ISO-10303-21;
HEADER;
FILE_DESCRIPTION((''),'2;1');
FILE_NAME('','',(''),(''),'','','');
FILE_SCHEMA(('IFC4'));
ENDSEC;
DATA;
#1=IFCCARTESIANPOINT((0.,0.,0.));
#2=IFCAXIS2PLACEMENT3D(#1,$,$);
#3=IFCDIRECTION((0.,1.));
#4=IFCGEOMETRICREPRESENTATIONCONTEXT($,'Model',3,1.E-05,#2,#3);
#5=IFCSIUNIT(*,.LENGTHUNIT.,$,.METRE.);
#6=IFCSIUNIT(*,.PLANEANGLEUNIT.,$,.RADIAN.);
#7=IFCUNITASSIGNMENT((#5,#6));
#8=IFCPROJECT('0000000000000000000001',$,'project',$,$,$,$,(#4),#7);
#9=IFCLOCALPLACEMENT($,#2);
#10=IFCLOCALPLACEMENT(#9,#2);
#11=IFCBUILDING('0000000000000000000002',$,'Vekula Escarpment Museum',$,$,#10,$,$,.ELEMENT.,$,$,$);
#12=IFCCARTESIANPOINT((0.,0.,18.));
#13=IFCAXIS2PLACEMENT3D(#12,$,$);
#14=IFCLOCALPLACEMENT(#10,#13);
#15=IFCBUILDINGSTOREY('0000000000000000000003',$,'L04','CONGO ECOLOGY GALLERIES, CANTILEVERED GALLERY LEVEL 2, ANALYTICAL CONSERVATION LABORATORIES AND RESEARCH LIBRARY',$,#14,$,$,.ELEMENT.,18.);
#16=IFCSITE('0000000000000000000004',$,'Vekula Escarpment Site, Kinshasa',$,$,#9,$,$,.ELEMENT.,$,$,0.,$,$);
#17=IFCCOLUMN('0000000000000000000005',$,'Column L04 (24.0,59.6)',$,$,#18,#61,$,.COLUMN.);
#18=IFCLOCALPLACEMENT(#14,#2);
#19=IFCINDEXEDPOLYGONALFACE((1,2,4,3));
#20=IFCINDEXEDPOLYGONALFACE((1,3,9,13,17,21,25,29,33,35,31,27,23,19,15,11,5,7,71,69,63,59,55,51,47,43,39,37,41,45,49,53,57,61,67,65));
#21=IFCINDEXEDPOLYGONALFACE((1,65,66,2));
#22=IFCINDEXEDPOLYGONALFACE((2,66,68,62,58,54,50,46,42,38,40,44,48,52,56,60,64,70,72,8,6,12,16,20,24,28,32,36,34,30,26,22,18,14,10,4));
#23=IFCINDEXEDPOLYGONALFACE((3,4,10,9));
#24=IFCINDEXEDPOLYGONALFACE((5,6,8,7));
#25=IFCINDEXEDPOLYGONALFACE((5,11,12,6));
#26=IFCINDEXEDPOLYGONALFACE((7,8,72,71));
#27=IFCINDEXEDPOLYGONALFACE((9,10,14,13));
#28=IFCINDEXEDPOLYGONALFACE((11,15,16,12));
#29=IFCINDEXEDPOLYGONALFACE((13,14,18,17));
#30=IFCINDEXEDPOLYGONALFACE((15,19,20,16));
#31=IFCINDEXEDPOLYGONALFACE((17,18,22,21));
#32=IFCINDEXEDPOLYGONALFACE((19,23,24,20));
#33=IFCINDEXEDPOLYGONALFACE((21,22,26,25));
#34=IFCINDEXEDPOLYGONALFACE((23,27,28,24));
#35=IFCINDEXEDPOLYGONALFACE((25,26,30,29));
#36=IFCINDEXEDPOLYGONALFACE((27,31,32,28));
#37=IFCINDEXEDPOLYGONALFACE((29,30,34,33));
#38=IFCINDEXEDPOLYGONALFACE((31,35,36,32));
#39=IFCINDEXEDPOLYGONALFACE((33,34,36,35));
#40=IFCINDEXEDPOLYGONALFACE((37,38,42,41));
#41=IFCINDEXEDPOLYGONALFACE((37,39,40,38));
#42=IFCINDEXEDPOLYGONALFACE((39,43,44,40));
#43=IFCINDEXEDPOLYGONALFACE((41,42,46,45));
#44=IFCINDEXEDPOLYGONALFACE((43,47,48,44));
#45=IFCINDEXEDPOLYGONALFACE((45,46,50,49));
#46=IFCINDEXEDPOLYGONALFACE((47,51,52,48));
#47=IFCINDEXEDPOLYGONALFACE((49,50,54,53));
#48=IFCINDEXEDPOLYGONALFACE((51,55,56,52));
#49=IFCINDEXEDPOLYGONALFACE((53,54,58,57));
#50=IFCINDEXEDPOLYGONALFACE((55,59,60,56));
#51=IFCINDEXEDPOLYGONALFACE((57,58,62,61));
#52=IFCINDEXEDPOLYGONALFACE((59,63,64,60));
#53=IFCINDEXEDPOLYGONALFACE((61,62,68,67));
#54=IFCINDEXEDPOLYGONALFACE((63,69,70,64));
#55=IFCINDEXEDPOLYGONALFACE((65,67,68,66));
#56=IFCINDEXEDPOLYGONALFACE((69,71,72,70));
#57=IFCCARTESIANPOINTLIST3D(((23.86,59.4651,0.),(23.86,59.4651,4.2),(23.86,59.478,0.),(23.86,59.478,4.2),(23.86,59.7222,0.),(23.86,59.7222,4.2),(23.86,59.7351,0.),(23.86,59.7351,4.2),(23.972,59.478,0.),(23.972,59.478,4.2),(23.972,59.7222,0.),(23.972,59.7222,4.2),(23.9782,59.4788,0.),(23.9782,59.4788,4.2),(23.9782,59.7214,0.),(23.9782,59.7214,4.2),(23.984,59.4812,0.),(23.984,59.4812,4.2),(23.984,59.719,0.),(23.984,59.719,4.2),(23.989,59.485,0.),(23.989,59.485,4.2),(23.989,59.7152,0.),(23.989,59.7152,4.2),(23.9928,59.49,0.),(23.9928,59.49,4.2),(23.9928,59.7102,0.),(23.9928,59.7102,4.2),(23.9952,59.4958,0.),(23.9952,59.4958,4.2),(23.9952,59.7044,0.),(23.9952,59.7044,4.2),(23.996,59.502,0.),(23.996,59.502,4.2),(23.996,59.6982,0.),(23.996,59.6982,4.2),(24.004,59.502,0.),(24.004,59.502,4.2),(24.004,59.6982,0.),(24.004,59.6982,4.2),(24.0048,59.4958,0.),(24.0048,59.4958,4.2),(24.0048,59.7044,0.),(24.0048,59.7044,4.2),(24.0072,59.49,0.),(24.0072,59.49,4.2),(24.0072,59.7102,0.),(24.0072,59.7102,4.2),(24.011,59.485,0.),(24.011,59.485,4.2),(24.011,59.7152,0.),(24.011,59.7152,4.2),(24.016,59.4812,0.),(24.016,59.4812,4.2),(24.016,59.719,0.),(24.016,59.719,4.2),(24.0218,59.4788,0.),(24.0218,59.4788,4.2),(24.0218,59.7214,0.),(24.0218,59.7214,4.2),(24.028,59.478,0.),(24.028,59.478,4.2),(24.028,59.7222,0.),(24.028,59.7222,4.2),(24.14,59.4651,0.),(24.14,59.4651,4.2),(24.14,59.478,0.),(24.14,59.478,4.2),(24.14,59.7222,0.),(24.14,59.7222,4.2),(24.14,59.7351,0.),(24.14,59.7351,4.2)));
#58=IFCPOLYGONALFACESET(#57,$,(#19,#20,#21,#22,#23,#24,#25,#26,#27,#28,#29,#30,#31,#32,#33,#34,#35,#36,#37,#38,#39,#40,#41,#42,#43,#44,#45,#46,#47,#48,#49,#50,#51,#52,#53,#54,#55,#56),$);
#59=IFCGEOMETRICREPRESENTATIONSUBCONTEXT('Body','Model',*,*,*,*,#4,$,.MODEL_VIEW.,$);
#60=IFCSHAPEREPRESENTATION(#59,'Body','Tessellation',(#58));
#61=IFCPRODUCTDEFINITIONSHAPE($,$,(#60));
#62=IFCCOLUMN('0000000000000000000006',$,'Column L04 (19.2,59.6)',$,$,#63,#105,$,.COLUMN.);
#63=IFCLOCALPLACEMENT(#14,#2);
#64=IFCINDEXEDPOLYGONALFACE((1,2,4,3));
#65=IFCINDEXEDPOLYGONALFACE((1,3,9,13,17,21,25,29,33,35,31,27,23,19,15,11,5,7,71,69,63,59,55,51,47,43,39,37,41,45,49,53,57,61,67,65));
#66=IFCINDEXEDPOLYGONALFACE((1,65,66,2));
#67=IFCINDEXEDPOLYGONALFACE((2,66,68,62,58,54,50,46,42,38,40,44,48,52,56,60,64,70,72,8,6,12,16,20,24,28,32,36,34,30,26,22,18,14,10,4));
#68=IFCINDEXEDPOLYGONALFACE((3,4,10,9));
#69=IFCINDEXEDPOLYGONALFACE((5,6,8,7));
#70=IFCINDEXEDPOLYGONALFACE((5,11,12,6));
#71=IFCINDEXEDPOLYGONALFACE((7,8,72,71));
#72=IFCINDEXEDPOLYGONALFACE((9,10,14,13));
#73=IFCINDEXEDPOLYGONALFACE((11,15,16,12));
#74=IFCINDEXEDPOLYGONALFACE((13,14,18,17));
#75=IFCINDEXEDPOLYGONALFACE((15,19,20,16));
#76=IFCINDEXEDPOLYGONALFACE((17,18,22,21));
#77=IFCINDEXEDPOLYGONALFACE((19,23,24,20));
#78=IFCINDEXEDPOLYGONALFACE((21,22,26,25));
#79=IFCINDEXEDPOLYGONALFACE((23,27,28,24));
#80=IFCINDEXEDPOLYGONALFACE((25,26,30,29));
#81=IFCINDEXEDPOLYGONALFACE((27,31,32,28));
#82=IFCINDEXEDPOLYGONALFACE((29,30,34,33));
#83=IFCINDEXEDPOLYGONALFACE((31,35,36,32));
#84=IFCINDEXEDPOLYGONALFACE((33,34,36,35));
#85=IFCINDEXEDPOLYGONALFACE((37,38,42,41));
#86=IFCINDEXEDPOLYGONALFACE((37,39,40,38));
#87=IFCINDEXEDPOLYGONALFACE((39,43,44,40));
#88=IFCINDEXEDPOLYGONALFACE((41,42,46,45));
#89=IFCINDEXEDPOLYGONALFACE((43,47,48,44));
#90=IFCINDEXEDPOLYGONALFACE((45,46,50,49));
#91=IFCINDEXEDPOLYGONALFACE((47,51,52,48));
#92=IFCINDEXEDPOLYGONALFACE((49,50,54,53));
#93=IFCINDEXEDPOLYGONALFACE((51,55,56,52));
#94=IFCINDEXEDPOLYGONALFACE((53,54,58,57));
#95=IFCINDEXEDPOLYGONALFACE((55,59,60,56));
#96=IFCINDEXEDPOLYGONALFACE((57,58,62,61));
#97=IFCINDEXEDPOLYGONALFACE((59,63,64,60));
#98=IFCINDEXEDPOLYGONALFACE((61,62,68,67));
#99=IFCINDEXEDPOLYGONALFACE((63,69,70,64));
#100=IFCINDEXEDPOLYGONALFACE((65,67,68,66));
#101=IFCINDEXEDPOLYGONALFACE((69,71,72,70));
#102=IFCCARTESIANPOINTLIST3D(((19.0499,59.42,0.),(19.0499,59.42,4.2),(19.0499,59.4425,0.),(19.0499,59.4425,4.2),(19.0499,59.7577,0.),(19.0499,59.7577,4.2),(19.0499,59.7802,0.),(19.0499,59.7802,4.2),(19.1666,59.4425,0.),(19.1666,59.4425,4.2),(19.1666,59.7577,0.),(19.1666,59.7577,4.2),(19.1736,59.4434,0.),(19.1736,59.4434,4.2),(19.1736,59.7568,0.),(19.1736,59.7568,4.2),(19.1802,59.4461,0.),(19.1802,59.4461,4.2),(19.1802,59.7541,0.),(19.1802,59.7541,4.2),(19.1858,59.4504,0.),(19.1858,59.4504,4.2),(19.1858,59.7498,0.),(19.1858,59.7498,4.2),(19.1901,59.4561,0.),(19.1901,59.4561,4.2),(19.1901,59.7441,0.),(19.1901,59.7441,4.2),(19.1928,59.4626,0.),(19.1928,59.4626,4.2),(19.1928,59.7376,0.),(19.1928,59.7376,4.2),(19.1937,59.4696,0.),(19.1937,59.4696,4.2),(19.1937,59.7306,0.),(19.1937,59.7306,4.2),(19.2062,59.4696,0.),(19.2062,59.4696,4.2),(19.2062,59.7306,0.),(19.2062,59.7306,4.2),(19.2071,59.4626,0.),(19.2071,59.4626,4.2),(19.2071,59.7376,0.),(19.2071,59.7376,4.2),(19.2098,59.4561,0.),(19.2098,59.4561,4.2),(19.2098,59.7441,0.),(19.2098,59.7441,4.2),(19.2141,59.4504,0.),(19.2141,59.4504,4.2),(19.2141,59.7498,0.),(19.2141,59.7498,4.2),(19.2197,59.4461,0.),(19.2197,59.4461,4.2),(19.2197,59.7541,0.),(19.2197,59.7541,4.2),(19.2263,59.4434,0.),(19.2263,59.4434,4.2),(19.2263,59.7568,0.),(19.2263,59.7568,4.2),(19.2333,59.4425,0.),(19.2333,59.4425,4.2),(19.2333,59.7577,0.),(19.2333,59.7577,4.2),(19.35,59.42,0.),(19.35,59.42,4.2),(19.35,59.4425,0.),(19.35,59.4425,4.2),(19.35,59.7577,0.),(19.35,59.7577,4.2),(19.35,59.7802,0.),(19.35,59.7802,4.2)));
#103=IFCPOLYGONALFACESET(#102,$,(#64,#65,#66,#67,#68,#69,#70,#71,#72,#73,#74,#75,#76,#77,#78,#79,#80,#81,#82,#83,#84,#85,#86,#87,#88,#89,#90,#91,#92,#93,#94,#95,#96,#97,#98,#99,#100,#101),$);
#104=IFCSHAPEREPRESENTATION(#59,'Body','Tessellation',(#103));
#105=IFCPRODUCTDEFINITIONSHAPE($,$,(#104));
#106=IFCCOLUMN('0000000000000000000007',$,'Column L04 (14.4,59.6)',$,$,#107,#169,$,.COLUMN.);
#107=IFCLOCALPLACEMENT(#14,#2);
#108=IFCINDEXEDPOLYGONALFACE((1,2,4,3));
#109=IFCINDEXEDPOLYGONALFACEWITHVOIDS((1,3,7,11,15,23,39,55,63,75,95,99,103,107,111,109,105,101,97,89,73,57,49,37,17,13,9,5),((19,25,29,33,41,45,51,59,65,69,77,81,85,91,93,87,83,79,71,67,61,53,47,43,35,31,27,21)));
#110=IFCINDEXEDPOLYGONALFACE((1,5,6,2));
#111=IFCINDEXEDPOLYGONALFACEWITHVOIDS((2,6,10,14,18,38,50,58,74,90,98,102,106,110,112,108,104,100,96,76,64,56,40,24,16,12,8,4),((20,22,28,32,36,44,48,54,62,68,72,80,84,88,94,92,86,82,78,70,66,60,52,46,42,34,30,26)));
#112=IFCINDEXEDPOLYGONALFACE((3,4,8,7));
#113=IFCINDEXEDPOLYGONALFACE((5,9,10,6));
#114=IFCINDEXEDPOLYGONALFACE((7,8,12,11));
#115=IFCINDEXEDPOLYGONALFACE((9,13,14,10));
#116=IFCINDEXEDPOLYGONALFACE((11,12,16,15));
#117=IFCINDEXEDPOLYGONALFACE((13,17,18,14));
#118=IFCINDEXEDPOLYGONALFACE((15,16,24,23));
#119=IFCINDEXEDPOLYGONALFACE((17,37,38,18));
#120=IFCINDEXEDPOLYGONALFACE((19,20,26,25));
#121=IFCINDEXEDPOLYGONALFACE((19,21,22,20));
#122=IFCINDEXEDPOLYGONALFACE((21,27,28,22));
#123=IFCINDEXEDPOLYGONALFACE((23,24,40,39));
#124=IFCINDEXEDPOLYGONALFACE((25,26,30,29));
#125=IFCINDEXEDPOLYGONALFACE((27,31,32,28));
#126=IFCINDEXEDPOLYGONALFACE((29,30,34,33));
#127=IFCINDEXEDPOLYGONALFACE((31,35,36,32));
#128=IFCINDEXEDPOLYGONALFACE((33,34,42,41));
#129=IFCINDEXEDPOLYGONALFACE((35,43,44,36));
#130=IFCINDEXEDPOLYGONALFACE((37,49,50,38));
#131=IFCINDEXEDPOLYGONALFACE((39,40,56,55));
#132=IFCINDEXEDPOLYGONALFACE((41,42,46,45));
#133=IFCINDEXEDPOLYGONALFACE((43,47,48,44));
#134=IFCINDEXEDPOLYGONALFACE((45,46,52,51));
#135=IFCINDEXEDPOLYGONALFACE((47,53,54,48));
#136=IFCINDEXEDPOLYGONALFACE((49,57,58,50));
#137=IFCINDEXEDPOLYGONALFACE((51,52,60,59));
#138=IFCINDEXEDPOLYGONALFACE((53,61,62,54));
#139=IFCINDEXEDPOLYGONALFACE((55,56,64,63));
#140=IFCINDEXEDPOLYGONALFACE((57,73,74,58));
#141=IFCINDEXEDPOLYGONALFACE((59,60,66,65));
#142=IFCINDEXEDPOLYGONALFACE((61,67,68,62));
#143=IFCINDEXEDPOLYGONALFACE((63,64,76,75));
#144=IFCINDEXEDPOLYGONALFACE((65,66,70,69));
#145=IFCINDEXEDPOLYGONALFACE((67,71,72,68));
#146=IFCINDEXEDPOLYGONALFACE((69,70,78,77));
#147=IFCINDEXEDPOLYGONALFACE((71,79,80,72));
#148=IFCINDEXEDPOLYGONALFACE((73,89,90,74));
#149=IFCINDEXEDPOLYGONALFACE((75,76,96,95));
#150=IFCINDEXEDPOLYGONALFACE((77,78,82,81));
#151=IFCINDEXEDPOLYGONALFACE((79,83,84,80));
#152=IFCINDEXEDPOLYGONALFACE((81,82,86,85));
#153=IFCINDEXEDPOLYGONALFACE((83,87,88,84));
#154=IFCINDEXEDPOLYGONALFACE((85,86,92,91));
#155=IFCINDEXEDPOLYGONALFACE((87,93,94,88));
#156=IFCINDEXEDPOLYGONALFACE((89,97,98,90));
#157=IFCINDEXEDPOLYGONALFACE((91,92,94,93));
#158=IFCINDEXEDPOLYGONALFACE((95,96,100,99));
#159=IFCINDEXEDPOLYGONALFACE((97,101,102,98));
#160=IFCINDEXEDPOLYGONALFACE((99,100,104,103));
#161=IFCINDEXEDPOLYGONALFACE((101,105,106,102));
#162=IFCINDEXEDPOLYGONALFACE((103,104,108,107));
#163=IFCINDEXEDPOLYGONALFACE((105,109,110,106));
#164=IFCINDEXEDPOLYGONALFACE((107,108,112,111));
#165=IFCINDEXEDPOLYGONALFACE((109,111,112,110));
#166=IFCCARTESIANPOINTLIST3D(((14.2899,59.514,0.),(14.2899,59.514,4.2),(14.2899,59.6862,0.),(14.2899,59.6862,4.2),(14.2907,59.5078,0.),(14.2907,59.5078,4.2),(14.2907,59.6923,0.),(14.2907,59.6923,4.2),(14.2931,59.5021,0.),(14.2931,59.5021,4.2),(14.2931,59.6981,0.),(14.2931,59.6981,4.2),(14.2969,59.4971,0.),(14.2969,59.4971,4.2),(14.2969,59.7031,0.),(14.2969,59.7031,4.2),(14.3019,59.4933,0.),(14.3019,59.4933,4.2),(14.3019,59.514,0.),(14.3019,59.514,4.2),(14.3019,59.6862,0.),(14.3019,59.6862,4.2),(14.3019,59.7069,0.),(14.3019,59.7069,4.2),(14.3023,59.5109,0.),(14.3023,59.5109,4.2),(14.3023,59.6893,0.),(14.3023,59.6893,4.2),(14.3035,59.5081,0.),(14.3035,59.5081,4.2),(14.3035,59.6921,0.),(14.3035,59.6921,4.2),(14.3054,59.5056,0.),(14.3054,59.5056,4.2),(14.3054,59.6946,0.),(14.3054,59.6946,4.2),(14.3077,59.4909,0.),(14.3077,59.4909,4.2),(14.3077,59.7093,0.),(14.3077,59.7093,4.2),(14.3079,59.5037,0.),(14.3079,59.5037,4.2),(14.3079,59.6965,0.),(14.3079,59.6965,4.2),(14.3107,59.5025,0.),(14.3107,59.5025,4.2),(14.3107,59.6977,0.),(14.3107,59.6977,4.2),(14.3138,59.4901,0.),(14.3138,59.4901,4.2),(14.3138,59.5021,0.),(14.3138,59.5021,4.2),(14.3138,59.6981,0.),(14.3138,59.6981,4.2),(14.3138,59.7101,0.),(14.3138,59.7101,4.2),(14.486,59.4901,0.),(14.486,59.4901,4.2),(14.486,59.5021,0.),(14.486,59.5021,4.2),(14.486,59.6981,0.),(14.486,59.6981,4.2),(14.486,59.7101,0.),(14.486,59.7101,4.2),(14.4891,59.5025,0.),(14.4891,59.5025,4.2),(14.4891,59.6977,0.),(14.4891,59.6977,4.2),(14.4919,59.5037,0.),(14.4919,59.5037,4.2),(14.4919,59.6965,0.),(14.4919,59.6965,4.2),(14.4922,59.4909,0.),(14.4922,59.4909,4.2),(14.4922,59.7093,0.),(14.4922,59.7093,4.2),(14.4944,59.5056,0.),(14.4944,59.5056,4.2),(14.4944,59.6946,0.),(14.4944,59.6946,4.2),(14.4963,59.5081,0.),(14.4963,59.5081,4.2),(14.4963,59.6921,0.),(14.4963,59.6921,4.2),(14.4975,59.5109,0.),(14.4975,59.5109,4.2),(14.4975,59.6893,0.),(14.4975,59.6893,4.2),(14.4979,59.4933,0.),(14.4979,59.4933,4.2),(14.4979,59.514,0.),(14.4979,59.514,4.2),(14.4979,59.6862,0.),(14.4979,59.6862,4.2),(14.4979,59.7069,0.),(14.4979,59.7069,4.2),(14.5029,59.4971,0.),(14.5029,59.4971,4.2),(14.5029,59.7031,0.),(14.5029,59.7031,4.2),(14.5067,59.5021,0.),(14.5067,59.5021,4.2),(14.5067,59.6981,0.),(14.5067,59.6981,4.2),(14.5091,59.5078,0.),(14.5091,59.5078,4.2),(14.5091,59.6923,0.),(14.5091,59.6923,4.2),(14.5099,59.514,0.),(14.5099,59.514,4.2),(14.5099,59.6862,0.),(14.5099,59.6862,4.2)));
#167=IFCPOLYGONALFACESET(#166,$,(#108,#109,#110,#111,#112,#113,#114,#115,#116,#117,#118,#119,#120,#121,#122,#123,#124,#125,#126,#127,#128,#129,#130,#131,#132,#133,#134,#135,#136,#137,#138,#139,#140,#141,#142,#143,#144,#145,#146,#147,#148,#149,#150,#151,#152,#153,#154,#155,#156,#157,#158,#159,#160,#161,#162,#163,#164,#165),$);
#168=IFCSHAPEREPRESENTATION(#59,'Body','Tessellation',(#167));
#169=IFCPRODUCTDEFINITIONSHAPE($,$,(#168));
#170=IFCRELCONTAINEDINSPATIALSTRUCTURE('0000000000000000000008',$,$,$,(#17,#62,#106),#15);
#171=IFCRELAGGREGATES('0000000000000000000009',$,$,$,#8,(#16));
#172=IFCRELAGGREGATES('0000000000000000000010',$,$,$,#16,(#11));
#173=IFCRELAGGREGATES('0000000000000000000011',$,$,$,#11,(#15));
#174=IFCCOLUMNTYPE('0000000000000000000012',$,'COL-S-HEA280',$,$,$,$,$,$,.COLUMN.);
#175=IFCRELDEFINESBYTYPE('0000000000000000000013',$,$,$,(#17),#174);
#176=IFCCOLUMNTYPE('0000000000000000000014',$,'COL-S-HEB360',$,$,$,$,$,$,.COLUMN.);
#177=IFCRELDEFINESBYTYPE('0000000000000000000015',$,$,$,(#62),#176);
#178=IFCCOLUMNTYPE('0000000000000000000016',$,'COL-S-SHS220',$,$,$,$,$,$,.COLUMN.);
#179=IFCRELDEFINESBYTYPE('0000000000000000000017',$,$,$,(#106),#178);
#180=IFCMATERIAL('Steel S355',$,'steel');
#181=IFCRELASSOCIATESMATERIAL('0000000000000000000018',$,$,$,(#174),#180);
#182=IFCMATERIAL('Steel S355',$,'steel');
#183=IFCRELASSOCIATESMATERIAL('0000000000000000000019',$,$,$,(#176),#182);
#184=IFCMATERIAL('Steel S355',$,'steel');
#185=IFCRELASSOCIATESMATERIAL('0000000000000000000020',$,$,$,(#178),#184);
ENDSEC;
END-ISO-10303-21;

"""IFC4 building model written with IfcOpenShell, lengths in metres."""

from ifc_helpers import new_model, si_unit, direction, frame, origin, origin_2d, place, context, subcontext, project, spatial, hollow_rectangle, i_section, extrude, material, material_profile, profile_set, type_object, element, save


model = new_model("IFC4")

# Units and contexts
model_context = context("Model", 3, precision=1e-05, world=origin(), true_north=direction((0.0, 1.0)))
body_context = subcontext(model_context, "Body", "Model", "MODEL_VIEW")
ifc_project = project(units=[si_unit("LENGTHUNIT", "METRE"), si_unit("PLANEANGLEUNIT", "RADIAN")], contexts=[model_context])

# Site, building, storey
site_placement = place(None, origin())
site = spatial("IfcSite", under=ifc_project, at=site_placement, Name="Vekula Escarpment Site, Kinshasa", CompositionType="ELEMENT", RefElevation=0.0)
building_placement = place(site_placement, origin())
building = spatial("IfcBuilding", under=site, at=building_placement, Name="Vekula Escarpment Museum", CompositionType="ELEMENT")
storey_placement = place(building_placement, frame((0.0, 0.0, 18.0)))
storey = spatial("IfcBuildingStorey", under=building, at=storey_placement, Name="L04", Description="CONGO ECOLOGY GALLERIES, CANTILEVERED GALLERY LEVEL 2, ANALYTICAL CONSERVATION LABORATORIES AND RESEARCH LIBRARY", CompositionType="ELEMENT", Elevation=18.0)

# Columns
ifc_material_1 = material(Name="Steel S355", Category="steel")
ifc_material_profile_1 = material_profile(ifc_material_1, i_section(OverallWidth=0.28, OverallDepth=0.27, WebThickness=0.0081, FlangeThickness=0.0129, FilletRadius=0.0239, at=origin_2d()), Name="HEA 280")
ifc_profile_set_1 = profile_set([ifc_material_profile_1], Name="Steel S355")
column_type_1 = type_object("IfcColumnType", Name="COL-S-HEA280", PredefinedType="COLUMN", material=ifc_profile_set_1)
column_1_placement = place(storey_placement, frame((24.0, 59.6001, 0.0), z_axis=(0.0, 0.0, 1.0), x_axis=(1.0, 0.0, 0.0)))
element("IfcColumn", 1, at=column_1_placement, inside=storey, type_object=column_type_1, Name="Column L04 (24.0,59.6)", PredefinedType="COLUMN", context=body_context, shape_type="SweptSolid", body=[
    extrude(i_section(OverallWidth=0.28, OverallDepth=0.27, WebThickness=0.0081, FlangeThickness=0.0129, FilletRadius=0.0239, at=origin_2d()), origin(), (0.0, 0.0, 1.0), 4.2),
])
ifc_material_2 = material(Name="Steel S355", Category="steel")
ifc_material_profile_2 = material_profile(ifc_material_2, i_section(OverallWidth=0.3, OverallDepth=0.3601, WebThickness=0.0125, FlangeThickness=0.0225, FilletRadius=0.0271, at=origin_2d()), Name="HEB 360")
ifc_profile_set_2 = profile_set([ifc_material_profile_2], Name="Steel S355")
column_type_2 = type_object("IfcColumnType", Name="COL-S-HEB360", PredefinedType="COLUMN", material=ifc_profile_set_2)
column_2_placement = place(storey_placement, frame((19.2, 59.6001, 0.0), z_axis=(0.0, 0.0, 1.0), x_axis=(1.0, 0.0, 0.0)))
element("IfcColumn", 2, at=column_2_placement, inside=storey, type_object=column_type_2, Name="Column L04 (19.2,59.6)", PredefinedType="COLUMN", context=body_context, shape_type="SweptSolid", body=[
    extrude(i_section(OverallWidth=0.3, OverallDepth=0.3601, WebThickness=0.0125, FlangeThickness=0.0225, FilletRadius=0.0271, at=origin_2d()), origin(), (0.0, 0.0, 1.0), 4.2),
])
ifc_material_3 = material(Name="Steel S355", Category="steel")
ifc_material_profile_3 = material_profile(ifc_material_3, hollow_rectangle(XDim=0.22, YDim=0.22, WallThickness=0.012, InnerFilletRadius=0.012, OuterFilletRadius=0.0239, at=origin_2d()), Name="SHS 220x220x12")
ifc_profile_set_3 = profile_set([ifc_material_profile_3], Name="Steel S355")
column_type_3 = type_object("IfcColumnType", Name="COL-S-SHS220", PredefinedType="COLUMN", material=ifc_profile_set_3)
column_3_placement = place(storey_placement, frame((14.3999, 59.6001, 0.0), z_axis=(0.0, 0.0, 1.0), x_axis=(1.0, 0.0, 0.0)))
element("IfcColumn", 3, at=column_3_placement, inside=storey, type_object=column_type_3, Name="Column L04 (14.4,59.6)", PredefinedType="COLUMN", context=body_context, shape_type="SweptSolid", body=[
    extrude(hollow_rectangle(XDim=0.22, YDim=0.22, WallThickness=0.012, InnerFilletRadius=0.012, OuterFilletRadius=0.0239, at=origin_2d()), origin(), (0.0, 0.0, 1.0), 4.2),
])

save(model, "model.ifc")
